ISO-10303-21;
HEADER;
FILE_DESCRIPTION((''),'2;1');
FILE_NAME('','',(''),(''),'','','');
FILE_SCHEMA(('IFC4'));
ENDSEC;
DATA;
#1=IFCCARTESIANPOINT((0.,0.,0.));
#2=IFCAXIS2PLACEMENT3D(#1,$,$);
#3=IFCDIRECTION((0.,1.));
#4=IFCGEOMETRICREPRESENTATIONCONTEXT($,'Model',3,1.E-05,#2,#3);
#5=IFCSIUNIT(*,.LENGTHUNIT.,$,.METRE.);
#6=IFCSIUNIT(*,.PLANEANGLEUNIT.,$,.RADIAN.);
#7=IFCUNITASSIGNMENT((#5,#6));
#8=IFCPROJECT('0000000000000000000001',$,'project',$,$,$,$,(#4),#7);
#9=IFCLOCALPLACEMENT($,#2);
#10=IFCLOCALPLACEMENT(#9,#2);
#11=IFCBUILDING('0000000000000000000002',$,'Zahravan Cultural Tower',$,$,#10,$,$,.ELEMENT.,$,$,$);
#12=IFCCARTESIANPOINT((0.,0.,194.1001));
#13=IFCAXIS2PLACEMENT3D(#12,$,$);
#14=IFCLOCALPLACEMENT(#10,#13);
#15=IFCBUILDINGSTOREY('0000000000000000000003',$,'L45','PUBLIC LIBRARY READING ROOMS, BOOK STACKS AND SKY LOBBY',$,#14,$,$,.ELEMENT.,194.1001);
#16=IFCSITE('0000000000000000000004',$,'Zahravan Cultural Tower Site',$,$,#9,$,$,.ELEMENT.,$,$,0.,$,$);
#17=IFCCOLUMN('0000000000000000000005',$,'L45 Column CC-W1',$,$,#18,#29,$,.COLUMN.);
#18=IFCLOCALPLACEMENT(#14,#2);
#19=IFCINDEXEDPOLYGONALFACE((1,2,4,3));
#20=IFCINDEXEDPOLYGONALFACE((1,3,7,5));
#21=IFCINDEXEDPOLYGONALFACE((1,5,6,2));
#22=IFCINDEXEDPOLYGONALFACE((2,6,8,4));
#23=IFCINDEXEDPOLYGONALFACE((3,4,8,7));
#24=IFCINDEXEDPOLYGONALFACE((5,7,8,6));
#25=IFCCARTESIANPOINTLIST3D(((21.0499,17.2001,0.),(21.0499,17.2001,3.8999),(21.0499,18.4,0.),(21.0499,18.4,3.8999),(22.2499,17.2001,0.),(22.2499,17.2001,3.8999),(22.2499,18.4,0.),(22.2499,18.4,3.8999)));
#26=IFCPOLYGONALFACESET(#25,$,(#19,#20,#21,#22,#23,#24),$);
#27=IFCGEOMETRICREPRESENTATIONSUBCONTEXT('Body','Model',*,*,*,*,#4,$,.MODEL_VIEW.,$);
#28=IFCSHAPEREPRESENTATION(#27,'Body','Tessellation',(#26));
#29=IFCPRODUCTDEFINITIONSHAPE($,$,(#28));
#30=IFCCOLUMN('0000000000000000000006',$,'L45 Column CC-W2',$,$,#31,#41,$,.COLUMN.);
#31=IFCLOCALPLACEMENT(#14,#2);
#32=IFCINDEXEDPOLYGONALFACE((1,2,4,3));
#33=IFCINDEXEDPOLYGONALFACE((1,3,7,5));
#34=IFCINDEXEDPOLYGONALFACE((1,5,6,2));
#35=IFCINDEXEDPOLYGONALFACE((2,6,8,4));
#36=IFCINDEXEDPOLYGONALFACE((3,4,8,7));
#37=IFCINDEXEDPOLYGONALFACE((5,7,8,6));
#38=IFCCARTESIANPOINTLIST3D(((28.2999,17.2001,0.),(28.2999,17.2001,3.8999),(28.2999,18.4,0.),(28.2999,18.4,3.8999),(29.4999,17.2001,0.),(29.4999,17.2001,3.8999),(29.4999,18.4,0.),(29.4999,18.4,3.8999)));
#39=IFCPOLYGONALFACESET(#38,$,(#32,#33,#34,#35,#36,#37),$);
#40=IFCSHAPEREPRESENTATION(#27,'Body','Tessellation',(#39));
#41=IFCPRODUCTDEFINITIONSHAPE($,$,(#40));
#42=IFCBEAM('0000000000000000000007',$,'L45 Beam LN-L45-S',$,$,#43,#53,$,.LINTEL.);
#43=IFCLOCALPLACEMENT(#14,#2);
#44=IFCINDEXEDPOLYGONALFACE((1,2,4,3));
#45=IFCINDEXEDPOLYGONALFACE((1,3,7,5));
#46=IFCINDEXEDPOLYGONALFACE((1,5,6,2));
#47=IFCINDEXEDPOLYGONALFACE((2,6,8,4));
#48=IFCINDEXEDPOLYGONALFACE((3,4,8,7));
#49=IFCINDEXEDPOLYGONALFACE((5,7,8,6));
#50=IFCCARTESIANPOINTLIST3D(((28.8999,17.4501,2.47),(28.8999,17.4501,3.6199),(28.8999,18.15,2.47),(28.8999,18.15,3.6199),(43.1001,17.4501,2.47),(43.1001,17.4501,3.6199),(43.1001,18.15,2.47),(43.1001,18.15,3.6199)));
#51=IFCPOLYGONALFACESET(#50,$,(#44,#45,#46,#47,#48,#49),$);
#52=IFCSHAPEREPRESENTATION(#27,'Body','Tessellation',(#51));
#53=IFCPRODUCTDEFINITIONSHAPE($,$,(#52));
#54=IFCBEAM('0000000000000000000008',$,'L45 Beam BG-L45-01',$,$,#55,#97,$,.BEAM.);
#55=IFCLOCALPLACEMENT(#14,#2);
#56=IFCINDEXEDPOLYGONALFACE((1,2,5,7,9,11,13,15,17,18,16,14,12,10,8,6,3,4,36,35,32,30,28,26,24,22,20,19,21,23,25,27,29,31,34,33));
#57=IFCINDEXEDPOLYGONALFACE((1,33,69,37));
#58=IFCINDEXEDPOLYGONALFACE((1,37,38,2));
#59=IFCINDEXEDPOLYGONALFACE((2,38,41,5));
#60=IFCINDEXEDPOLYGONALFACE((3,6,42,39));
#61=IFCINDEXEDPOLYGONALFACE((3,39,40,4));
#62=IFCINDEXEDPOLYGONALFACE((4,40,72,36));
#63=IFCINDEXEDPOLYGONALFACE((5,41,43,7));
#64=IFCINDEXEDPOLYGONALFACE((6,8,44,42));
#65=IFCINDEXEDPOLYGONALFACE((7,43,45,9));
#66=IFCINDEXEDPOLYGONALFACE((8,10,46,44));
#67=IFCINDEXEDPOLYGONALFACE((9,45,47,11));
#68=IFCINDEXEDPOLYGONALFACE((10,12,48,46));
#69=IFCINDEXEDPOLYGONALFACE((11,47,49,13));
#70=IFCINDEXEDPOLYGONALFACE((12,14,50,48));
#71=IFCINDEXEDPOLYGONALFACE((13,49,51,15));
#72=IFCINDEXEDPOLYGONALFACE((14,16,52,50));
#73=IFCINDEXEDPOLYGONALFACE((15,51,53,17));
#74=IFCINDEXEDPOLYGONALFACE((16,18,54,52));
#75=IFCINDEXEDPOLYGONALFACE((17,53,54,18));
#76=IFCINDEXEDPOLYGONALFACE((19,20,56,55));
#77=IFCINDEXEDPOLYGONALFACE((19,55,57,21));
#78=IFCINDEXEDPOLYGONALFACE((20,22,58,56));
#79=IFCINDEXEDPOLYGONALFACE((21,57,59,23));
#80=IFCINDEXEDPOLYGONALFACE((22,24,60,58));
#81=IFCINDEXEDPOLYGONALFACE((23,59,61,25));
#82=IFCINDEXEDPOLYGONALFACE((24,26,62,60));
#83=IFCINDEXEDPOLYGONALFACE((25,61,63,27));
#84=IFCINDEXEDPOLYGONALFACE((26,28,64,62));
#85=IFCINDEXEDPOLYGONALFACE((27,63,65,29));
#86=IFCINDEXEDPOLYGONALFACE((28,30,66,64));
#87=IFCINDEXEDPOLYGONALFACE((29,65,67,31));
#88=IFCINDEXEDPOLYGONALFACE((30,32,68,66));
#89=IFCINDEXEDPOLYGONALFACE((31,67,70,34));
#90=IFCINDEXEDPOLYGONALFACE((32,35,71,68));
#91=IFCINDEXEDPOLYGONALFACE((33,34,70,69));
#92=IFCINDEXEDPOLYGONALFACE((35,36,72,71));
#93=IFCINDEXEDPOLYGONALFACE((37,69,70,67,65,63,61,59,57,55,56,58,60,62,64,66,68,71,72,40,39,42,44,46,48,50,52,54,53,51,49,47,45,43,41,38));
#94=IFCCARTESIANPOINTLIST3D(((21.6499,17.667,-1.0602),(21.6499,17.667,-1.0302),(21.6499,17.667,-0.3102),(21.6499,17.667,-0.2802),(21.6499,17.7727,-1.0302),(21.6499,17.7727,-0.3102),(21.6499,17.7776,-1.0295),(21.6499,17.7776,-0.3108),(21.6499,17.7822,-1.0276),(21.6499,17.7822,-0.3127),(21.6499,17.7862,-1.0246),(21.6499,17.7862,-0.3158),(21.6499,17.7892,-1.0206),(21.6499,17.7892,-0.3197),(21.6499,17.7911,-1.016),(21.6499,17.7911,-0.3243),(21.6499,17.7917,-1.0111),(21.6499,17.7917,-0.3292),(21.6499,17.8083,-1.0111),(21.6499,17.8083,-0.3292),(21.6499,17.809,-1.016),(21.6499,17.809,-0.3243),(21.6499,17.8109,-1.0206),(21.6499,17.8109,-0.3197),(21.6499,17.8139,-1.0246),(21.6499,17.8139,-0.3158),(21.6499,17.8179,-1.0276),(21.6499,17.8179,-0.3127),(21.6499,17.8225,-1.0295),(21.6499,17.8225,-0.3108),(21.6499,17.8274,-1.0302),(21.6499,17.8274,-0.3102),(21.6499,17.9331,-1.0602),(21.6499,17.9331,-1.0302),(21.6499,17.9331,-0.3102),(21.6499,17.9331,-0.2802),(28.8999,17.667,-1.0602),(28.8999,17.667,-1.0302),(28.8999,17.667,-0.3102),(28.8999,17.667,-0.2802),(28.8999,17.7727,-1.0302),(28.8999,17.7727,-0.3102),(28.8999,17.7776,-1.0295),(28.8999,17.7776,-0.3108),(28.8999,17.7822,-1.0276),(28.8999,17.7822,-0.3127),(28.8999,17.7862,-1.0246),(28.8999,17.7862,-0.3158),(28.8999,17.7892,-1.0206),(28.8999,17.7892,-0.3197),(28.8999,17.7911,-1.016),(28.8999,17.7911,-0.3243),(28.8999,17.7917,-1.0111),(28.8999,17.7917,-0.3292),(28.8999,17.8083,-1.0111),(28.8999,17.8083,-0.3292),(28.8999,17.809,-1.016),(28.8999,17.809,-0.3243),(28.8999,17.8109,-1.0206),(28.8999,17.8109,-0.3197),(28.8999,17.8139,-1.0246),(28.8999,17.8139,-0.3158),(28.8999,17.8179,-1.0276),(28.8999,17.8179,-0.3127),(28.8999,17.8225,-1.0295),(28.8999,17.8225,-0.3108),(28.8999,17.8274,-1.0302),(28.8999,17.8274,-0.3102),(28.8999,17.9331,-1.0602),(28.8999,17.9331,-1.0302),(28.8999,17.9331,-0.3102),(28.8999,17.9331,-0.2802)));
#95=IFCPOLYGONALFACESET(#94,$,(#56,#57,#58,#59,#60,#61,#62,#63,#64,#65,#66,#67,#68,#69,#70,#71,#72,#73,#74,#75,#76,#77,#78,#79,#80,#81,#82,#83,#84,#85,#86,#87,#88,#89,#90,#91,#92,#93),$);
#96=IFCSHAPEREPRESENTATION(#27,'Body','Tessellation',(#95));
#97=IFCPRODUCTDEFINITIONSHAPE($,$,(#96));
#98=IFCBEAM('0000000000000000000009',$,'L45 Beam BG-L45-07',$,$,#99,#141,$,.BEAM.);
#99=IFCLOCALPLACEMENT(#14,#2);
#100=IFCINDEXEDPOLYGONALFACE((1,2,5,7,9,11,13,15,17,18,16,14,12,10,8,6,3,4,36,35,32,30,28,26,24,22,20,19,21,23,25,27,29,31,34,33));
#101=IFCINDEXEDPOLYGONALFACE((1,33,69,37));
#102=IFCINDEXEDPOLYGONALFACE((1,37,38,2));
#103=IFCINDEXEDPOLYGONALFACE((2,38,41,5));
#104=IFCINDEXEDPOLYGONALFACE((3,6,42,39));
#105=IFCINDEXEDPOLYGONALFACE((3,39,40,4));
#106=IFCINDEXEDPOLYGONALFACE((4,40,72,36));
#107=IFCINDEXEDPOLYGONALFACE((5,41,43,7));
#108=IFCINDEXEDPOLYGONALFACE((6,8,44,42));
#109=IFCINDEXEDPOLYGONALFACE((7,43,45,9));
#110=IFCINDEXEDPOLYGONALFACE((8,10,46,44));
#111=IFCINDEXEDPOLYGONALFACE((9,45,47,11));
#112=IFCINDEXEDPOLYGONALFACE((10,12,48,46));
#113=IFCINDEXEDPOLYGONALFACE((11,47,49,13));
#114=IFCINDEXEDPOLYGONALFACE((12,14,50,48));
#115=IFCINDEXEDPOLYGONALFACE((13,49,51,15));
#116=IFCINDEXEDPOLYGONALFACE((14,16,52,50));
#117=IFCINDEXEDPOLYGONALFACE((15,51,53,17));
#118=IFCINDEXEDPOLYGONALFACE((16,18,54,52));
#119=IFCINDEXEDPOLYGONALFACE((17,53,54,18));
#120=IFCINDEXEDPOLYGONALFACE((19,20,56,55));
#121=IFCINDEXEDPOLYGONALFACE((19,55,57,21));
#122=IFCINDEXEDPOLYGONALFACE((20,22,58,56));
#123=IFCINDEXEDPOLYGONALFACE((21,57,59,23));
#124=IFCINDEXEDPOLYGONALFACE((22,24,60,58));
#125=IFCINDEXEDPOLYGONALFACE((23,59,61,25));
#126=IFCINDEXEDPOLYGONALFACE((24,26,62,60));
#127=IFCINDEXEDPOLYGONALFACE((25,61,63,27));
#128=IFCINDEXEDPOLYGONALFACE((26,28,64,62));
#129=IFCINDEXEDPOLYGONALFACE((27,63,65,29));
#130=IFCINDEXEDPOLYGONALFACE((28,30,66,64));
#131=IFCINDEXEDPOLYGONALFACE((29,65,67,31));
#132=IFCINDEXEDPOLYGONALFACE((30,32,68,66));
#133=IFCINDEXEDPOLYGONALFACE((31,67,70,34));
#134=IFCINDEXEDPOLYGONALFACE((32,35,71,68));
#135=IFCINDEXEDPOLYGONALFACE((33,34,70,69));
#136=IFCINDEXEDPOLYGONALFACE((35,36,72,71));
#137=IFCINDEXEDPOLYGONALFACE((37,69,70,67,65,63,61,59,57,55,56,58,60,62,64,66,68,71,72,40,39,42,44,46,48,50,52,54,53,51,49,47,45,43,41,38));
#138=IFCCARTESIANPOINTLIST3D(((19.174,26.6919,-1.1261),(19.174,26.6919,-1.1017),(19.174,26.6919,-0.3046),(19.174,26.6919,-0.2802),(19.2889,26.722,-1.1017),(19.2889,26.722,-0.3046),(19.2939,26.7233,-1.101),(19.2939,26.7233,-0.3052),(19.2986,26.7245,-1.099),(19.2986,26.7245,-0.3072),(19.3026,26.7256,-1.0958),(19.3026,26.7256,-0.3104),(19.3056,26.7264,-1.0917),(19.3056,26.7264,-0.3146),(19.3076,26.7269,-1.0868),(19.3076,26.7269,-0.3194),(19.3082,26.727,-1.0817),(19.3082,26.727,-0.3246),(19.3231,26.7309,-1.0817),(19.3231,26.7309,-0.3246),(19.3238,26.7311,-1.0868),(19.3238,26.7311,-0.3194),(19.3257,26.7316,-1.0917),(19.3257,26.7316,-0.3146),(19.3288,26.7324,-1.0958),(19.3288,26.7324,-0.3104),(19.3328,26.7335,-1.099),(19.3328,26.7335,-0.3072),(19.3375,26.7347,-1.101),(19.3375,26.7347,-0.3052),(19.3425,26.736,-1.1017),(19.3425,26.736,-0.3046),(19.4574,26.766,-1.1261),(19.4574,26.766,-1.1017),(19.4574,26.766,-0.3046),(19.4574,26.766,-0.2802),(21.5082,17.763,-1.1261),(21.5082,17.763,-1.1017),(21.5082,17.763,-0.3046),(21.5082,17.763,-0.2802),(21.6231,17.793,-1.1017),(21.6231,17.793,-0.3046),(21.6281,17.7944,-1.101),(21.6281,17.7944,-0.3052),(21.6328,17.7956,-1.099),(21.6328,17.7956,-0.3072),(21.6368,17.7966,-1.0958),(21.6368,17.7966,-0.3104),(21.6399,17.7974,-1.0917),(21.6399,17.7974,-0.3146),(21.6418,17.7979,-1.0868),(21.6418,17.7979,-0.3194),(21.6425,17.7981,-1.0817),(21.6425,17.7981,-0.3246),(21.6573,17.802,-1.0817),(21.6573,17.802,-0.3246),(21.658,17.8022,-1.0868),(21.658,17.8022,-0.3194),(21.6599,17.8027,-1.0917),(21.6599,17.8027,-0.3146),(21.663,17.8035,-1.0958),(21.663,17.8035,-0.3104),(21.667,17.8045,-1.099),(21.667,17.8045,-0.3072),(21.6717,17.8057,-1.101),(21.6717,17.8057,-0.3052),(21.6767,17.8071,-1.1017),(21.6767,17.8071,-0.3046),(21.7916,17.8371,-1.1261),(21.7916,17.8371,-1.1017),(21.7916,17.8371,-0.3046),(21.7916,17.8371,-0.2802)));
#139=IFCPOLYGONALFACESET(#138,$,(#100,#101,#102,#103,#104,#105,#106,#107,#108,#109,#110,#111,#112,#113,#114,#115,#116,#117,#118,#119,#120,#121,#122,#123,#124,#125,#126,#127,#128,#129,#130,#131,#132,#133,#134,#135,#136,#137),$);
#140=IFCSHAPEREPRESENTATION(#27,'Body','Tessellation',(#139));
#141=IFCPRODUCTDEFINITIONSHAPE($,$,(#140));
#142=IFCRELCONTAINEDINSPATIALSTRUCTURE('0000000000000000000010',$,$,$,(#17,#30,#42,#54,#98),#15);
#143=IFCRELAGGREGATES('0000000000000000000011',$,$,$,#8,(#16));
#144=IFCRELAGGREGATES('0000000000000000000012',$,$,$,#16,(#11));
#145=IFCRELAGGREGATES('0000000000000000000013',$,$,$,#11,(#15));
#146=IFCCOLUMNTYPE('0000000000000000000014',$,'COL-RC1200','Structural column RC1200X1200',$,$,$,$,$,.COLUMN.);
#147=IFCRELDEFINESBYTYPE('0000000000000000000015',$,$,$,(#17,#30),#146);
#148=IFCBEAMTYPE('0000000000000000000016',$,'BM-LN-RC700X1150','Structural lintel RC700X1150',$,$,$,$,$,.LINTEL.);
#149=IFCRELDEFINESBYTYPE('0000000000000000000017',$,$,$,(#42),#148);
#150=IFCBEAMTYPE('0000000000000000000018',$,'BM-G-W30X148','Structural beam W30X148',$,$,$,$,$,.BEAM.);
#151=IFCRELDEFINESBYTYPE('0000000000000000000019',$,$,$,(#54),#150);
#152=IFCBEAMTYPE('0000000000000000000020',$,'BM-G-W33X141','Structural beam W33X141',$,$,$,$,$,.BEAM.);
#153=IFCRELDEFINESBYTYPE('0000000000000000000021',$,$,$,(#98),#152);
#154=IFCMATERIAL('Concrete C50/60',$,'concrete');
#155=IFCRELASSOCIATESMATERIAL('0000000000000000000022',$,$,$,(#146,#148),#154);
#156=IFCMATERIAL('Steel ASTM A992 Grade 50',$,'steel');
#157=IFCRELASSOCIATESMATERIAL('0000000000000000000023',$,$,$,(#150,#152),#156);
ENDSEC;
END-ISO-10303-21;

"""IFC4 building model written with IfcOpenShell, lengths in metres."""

from ifc_helpers import new_model, si_unit, direction, frame, origin, origin_2d, place, context, subcontext, project, spatial, rectangle, i_section, extrude, source, transform, mapped, material, material_profile, profile_set, type_object, element, save


model = new_model("IFC4")

# Units and contexts
model_context = context("Model", 3, precision=1e-05, world=origin(), true_north=direction((0.0, 1.0)))
body_context = subcontext(model_context, "Body", "Model", "MODEL_VIEW")
ifc_project = project(units=[si_unit("LENGTHUNIT", "METRE"), si_unit("PLANEANGLEUNIT", "RADIAN")], contexts=[model_context])

# Site, building, storey
site_placement = place(None, origin())
site = spatial("IfcSite", under=ifc_project, at=site_placement, Name="Zahravan Cultural Tower Site", CompositionType="ELEMENT", RefElevation=0.0)
building_placement = place(site_placement, origin())
building = spatial("IfcBuilding", under=site, at=building_placement, Name="Zahravan Cultural Tower", CompositionType="ELEMENT")
storey_placement = place(building_placement, frame((0.0, 0.0, 194.1001)))
storey = spatial("IfcBuildingStorey", under=building, at=storey_placement, Name="L45", Description="PUBLIC LIBRARY READING ROOMS, BOOK STACKS AND SKY LOBBY", CompositionType="ELEMENT", Elevation=194.1001)

# Columns
ifc_material_1 = material(Name="Concrete C50/60", Category="concrete")
ifc_material_profile_1 = material_profile(ifc_material_1, rectangle(XDim=1.2, YDim=1.2, at=origin_2d()), Name="RC1200X1200")
ifc_profile_set_1 = profile_set([ifc_material_profile_1], Name="Concrete C50/60")
column_type = type_object("IfcColumnType", Name="COL-RC1200", Description="Structural column RC1200X1200", PredefinedType="COLUMN", material=ifc_profile_set_1)
shared_shape_1 = source(origin(), body_context, "Body", "SweptSolid", [
    extrude(rectangle(XDim=1.2, YDim=1.2, at=origin_2d()), origin(), (0.0, 0.0, 1.0), 3.8999),
])
for number, where, z_axis, x_axis, name in (
    (1, (21.6499, 17.8, 0.0), (0.0, 0.0, 1.0), (1.0, 0.0, 0.0), "L45 Column CC-W1"),
    (2, (28.8999, 17.8, 0.0), (0.0, 0.0, 1.0), (1.0, 0.0, 0.0), "L45 Column CC-W2"),
):
    element("IfcColumn", number, at=place(storey_placement, frame(where, z_axis=z_axis, x_axis=x_axis)), inside=storey, type_object=column_type, Name=name, PredefinedType="COLUMN", context=body_context, shape_type="MappedRepresentation", body=[
        mapped(shared_shape_1, transform((0.0, 0.0, 0.0), x_axis=(1.0, 0.0, 0.0), y_axis=(0.0, 1.0, 0.0), z_axis=(0.0, 0.0, 1.0), scale=1.0)),
    ])

# Beams
ifc_material_profile_2 = material_profile(ifc_material_1, rectangle(XDim=0.7, YDim=1.1499, at=origin_2d()), Name="RC700X1150")
ifc_profile_set_2 = profile_set([ifc_material_profile_2], Name="Concrete C50/60")
beam_type_1 = type_object("IfcBeamType", Name="BM-LN-RC700X1150", Description="Structural lintel RC700X1150", PredefinedType="LINTEL", material=ifc_profile_set_2)
shared_shape_2 = source(origin(), body_context, "Body", "SweptSolid", [
    extrude(rectangle(XDim=0.7, YDim=1.1499, at=origin_2d()), origin(), (0.0, 0.0, 1.0), 14.2002),
])
beam_1_placement = place(storey_placement, frame((28.8999, 17.8, 3.0449), z_axis=(1.0, 0.0, 0.0), x_axis=(0.0, 1.0, 0.0)))
element("IfcBeam", 3, at=beam_1_placement, inside=storey, type_object=beam_type_1, Name="L45 Beam LN-L45-S", PredefinedType="LINTEL", context=body_context, shape_type="MappedRepresentation", body=[
    mapped(shared_shape_2, transform((0.0, 0.0, 0.0), x_axis=(1.0, 0.0, 0.0), y_axis=(0.0, 1.0, 0.0), z_axis=(0.0, 0.0, 1.0), scale=1.0)),
])
ifc_material_2 = material(Name="Steel ASTM A992 Grade 50", Category="steel")
ifc_material_profile_3 = material_profile(ifc_material_2, i_section(OverallWidth=0.2661, OverallDepth=0.78, WebThickness=0.0166, FlangeThickness=0.03, FilletRadius=0.019, at=origin_2d()), Name="W30X148")
ifc_profile_set_3 = profile_set([ifc_material_profile_3], Name="Steel ASTM A992 Grade 50")
beam_type_2 = type_object("IfcBeamType", Name="BM-G-W30X148", Description="Structural beam W30X148", PredefinedType="BEAM", material=ifc_profile_set_3)
shared_shape_3 = source(origin(), body_context, "Body", "SweptSolid", [
    extrude(i_section(OverallWidth=0.2661, OverallDepth=0.78, WebThickness=0.0166, FlangeThickness=0.03, FilletRadius=0.019, at=origin_2d()), origin(), (0.0, 0.0, 1.0), 7.25),
])
beam_2_placement = place(storey_placement, frame((21.6499, 17.8, -0.6702), z_axis=(1.0, 0.0, 0.0), x_axis=(0.0, 1.0, 0.0)))
element("IfcBeam", 4, at=beam_2_placement, inside=storey, type_object=beam_type_2, Name="L45 Beam BG-L45-01", PredefinedType="BEAM", context=body_context, shape_type="MappedRepresentation", body=[
    mapped(shared_shape_3, transform((0.0, 0.0, 0.0), x_axis=(1.0, 0.0, 0.0), y_axis=(0.0, 1.0, 0.0), z_axis=(0.0, 0.0, 1.0), scale=1.0)),
])
ifc_material_profile_4 = material_profile(ifc_material_2, i_section(OverallWidth=0.293, OverallDepth=0.8459, WebThickness=0.0154, FlangeThickness=0.0244, FilletRadius=0.02, at=origin_2d()), Name="W33X141")
ifc_profile_set_4 = profile_set([ifc_material_profile_4], Name="Steel ASTM A992 Grade 50")
beam_type_3 = type_object("IfcBeamType", Name="BM-G-W33X141", Description="Structural beam W33X141", PredefinedType="BEAM", material=ifc_profile_set_4)
shared_shape_4 = source(origin(), body_context, "Body", "SweptSolid", [
    extrude(i_section(OverallWidth=0.293, OverallDepth=0.8459, WebThickness=0.0154, FlangeThickness=0.0244, FilletRadius=0.02, at=origin_2d()), origin(), (0.0, 0.0, 1.0), 9.229),
])
beam_3_placement = place(storey_placement, frame((21.6499, 17.8, -0.7031), z_axis=(-0.252923, 0.967487, 0.0), x_axis=(-0.967487, -0.252923, 0.0)))
element("IfcBeam", 5, at=beam_3_placement, inside=storey, type_object=beam_type_3, Name="L45 Beam BG-L45-07", PredefinedType="BEAM", context=body_context, shape_type="MappedRepresentation", body=[
    mapped(shared_shape_4, transform((0.0, 0.0, 0.0), x_axis=(1.0, 0.0, 0.0), y_axis=(0.0, 1.0, 0.0), z_axis=(0.0, 0.0, 1.0), scale=1.0)),
])

save(model, "model.ifc")
